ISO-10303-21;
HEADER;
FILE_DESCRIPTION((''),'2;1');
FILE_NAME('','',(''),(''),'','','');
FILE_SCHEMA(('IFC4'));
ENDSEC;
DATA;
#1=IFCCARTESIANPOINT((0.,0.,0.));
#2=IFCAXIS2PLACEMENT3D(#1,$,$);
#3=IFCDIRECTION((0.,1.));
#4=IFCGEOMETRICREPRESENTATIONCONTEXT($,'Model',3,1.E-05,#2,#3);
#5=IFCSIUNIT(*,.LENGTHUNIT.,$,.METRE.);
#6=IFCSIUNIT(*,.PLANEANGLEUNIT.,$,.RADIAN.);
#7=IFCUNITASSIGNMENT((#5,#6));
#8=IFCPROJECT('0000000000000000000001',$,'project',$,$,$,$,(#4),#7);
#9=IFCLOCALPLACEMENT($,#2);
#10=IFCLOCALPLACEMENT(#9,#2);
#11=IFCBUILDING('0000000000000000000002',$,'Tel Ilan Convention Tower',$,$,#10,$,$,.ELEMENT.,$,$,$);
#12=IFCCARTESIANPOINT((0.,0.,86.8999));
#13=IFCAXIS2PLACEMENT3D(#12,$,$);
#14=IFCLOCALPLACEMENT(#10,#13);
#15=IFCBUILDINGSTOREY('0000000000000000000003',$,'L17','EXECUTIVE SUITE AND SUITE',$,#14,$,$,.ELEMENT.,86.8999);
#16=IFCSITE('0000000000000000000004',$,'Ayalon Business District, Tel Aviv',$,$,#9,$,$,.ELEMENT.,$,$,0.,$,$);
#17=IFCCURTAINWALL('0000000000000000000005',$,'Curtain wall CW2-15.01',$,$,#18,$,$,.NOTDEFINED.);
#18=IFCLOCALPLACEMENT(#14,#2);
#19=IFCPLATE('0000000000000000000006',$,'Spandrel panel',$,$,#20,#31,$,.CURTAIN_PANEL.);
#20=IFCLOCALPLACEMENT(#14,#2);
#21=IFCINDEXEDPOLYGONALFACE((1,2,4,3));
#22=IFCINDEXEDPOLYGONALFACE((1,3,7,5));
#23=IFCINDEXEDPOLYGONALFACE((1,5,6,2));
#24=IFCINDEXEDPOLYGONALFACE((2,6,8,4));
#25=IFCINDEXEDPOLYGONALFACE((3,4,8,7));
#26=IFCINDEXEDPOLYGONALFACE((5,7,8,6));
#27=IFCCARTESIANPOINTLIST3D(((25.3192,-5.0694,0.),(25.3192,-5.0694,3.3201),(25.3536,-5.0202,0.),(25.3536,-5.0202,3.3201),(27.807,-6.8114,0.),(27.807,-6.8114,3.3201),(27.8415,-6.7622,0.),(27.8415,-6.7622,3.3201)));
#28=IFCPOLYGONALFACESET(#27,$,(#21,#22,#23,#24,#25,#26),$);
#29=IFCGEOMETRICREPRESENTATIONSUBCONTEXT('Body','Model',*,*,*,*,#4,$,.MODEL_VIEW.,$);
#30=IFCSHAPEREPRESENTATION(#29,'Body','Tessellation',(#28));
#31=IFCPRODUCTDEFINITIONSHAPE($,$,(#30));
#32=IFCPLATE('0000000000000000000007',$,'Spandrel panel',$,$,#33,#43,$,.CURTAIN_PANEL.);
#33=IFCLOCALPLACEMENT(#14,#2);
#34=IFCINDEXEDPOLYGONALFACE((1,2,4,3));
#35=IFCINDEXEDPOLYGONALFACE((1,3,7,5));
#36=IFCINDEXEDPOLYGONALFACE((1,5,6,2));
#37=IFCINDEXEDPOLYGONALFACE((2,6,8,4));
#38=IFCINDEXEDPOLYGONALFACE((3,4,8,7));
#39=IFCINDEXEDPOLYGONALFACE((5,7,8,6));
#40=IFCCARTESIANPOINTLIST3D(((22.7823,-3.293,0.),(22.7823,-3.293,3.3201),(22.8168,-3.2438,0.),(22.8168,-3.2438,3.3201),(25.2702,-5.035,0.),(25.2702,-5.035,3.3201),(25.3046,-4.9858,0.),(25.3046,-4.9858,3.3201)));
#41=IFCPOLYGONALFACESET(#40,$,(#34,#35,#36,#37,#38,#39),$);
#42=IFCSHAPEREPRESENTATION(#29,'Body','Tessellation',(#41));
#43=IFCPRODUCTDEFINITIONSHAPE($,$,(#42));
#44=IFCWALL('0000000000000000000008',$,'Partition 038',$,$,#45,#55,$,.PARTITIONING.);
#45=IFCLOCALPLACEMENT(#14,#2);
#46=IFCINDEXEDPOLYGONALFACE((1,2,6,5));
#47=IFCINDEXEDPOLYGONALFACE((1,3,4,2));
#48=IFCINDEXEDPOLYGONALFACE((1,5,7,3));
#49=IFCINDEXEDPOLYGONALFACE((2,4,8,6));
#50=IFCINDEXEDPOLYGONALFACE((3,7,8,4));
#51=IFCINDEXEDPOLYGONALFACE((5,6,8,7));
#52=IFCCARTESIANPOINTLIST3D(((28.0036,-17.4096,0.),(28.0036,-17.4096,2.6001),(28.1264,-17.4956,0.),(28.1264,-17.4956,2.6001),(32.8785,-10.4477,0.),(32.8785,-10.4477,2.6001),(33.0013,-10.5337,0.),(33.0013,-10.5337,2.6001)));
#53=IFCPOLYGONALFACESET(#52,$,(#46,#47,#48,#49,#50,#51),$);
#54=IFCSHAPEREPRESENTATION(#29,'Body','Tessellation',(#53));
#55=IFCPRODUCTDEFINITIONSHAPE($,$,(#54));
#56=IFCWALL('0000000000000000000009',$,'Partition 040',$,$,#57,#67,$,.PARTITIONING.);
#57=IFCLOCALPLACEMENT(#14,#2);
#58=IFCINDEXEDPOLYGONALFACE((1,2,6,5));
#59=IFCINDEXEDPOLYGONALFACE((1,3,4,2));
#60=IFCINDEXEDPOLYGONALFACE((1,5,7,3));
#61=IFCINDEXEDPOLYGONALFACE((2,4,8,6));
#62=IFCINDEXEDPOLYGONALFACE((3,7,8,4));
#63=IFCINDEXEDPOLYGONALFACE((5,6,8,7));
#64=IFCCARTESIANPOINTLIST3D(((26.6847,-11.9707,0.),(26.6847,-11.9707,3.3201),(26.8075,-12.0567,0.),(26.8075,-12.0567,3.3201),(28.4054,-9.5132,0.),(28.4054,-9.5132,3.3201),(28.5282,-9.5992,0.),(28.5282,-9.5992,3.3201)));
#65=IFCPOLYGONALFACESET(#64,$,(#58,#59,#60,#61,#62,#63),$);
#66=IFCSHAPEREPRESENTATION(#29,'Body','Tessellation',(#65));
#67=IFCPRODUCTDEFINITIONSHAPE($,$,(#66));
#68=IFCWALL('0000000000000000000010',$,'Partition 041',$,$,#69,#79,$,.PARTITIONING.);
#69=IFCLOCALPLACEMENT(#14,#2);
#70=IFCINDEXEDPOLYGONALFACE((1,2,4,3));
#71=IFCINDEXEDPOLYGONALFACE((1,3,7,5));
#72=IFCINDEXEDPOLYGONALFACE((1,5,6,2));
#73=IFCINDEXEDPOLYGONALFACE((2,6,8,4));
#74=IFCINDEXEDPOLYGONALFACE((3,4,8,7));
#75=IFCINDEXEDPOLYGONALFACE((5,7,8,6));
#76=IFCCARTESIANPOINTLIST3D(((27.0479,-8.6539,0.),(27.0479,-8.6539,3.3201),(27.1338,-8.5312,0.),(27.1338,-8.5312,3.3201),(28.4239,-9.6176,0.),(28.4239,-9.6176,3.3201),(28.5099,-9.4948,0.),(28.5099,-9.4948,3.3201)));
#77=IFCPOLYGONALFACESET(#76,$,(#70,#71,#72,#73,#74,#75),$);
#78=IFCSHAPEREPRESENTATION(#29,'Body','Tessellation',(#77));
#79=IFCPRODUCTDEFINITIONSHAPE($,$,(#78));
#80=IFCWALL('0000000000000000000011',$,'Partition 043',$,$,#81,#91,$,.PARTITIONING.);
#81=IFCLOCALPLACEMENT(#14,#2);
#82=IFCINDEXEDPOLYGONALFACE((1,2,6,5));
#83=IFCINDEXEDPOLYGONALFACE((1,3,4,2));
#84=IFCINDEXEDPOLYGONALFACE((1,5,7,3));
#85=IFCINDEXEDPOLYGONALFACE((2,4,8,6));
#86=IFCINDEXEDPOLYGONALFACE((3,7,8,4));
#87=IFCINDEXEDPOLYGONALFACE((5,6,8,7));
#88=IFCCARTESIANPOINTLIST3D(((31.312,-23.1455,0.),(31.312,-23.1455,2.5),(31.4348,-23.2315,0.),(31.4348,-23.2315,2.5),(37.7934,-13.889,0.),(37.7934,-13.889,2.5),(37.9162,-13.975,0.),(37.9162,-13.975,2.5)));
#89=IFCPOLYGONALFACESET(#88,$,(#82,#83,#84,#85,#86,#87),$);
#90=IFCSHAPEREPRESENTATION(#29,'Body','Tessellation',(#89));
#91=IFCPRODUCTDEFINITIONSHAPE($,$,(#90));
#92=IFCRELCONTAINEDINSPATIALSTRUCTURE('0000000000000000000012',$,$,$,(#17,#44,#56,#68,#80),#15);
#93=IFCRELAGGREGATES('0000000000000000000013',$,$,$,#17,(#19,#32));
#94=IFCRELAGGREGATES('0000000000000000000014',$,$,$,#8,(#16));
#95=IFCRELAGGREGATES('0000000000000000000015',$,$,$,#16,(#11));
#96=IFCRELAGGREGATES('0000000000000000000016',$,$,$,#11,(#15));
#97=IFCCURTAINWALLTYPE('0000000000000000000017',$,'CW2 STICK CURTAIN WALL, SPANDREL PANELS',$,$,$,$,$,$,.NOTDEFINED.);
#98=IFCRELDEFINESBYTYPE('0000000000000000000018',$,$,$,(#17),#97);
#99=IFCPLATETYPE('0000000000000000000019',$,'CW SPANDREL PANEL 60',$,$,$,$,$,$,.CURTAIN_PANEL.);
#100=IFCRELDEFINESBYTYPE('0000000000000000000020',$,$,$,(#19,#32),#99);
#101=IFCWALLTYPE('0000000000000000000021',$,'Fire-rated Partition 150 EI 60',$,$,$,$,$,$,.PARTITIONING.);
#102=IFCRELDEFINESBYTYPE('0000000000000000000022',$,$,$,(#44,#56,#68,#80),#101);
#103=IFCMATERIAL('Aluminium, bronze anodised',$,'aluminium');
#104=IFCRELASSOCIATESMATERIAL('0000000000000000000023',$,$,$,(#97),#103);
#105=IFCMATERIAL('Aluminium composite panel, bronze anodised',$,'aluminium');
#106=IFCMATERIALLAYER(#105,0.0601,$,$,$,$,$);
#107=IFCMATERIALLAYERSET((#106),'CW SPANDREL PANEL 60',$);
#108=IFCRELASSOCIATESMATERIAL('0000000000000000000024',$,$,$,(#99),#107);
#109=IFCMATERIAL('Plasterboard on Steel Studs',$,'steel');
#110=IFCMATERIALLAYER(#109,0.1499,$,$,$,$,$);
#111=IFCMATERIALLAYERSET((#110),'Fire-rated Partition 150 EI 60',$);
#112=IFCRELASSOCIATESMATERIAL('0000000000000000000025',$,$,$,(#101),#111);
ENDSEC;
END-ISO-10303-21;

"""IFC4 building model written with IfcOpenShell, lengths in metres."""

from ifc_helpers import new_model, si_unit, direction, frame, frame_2d, origin, origin_2d, place, context, subcontext, project, spatial, rectangle, extrude, material, layer, layer_set, type_object, element, aggregate, save


model = new_model("IFC4")

# Units and contexts
model_context = context("Model", 3, precision=1e-05, world=origin(), true_north=direction((0.0, 1.0)))
body_context = subcontext(model_context, "Body", "Model", "MODEL_VIEW")
ifc_project = project(units=[si_unit("LENGTHUNIT", "METRE"), si_unit("PLANEANGLEUNIT", "RADIAN")], contexts=[model_context])

# Site, building, storey
site_placement = place(None, origin())
site = spatial("IfcSite", under=ifc_project, at=site_placement, Name="Ayalon Business District, Tel Aviv", CompositionType="ELEMENT", RefElevation=0.0)
building_placement = place(site_placement, origin())
building = spatial("IfcBuilding", under=site, at=building_placement, Name="Tel Ilan Convention Tower", CompositionType="ELEMENT")
storey_placement = place(building_placement, frame((0.0, 0.0, 86.8999)))
storey = spatial("IfcBuildingStorey", under=building, at=storey_placement, Name="L17", Description="EXECUTIVE SUITE AND SUITE", CompositionType="ELEMENT", Elevation=86.8999)

# Curtain wall
ifc_material_1 = material(Name="Aluminium, bronze anodised", Category="aluminium")
curtain_wall_type_1 = type_object("IfcCurtainWallType", Name="CW2 STICK CURTAIN WALL, SPANDREL PANELS", PredefinedType="NOTDEFINED", material=ifc_material_1)
curtain_wall_1_placement = place(storey_placement, origin())
curtain_wall_1 = element("IfcCurtainWall", 1, at=curtain_wall_1_placement, inside=storey, type_object=curtain_wall_type_1, Name="Curtain wall CW2-15.01", PredefinedType="NOTDEFINED")

# Plates
ifc_material_2 = material(Name="Aluminium composite panel, bronze anodised", Category="aluminium")
ifc_layer_1 = layer(ifc_material_2, 0.0601)
ifc_layer_set_1 = layer_set([ifc_layer_1], Name="CW SPANDREL PANEL 60")
plate_type_1 = type_object("IfcPlateType", Name="CW SPANDREL PANEL 60", PredefinedType="CURTAIN_PANEL", material=ifc_layer_set_1)
plate_1_placement = place(storey_placement, frame((26.5803, -5.9158, 0.0), z_axis=(0.0, 0.0, 1.0), x_axis=(-0.819152, 0.573576, 0.0)))
plate_1 = element("IfcPlate", 2, at=plate_1_placement, type_object=plate_type_1, Name="Spandrel panel", PredefinedType="CURTAIN_PANEL", context=body_context, shape_type="SweptSolid", body=[
    extrude(rectangle(XDim=3.0371, YDim=0.0601, at=origin_2d()), origin(), (0.0, 0.0, 1.0), 3.3201),
])
plate_2_placement = place(storey_placement, frame((24.0435, -4.1394, 0.0), z_axis=(0.0, 0.0, 1.0), x_axis=(-0.819152, 0.573576, 0.0)))
plate_2 = element("IfcPlate", 3, at=plate_2_placement, type_object=plate_type_1, Name="Spandrel panel", PredefinedType="CURTAIN_PANEL", context=body_context, shape_type="SweptSolid", body=[
    extrude(rectangle(XDim=3.0371, YDim=0.0601, at=origin_2d()), origin(), (0.0, 0.0, 1.0), 3.3201),
])
aggregate(curtain_wall_1, [plate_1, plate_2])

# Walls
ifc_material_3 = material(Name="Plasterboard on Steel Studs", Category="steel")
ifc_layer_2 = layer(ifc_material_3, 0.1499)
ifc_layer_set_2 = layer_set([ifc_layer_2], Name="Fire-rated Partition 150 EI 60")
wall_type = type_object("IfcWallType", Name="Fire-rated Partition 150 EI 60", PredefinedType="PARTITIONING", material=ifc_layer_set_2)
wall_1_placement = place(storey_placement, frame((32.9399, -10.4907, 0.0), z_axis=(0.0, 0.0, 1.0), x_axis=(-0.573593, -0.81914, 0.0)))
element("IfcWall", 4, at=wall_1_placement, inside=storey, type_object=wall_type, Name="Partition 038", PredefinedType="PARTITIONING", context=body_context, shape_type="SweptSolid", body=[
    extrude(rectangle(XDim=8.499, YDim=0.1499, at=frame_2d((4.2495, 0.0))), origin(), (0.0, 0.0, 1.0), 2.6001),
])
wall_2_placement = place(storey_placement, frame((26.7461, -12.0137, 0.0), z_axis=(0.0, 0.0, 1.0), x_axis=(0.573561, 0.819163, 0.0)))
element("IfcWall", 5, at=wall_2_placement, inside=storey, type_object=wall_type, Name="Partition 040", PredefinedType="PARTITIONING", context=body_context, shape_type="SweptSolid", body=[
    extrude(rectangle(XDim=3.0, YDim=0.1499, at=frame_2d((1.5, 0.0))), origin(), (0.0, 0.0, 1.0), 3.3201),
])
wall_3_placement = place(storey_placement, frame((28.4668, -9.5562, 0.0), z_axis=(0.0, 0.0, 1.0), x_axis=(-0.819109, 0.573638, 0.0)))
element("IfcWall", 6, at=wall_3_placement, inside=storey, type_object=wall_type, Name="Partition 041", PredefinedType="PARTITIONING", context=body_context, shape_type="SweptSolid", body=[
    extrude(rectangle(XDim=1.6799, YDim=0.1499, at=frame_2d((0.8398, 0.0))), origin(), (0.0, 0.0, 1.0), 3.3201),
])
wall_4_placement = place(storey_placement, frame((37.8547, -13.9321, 0.0), z_axis=(0.0, 0.0, 1.0), x_axis=(-0.573571, -0.819156, 0.0)))
element("IfcWall", 7, at=wall_4_placement, inside=storey, type_object=wall_type, Name="Partition 043", PredefinedType="PARTITIONING", context=body_context, shape_type="SweptSolid", body=[
    extrude(rectangle(XDim=11.3, YDim=0.1499, at=frame_2d((5.6499, 0.0))), origin(), (0.0, 0.0, 1.0), 2.5),
])

save(model, "model.ifc")
